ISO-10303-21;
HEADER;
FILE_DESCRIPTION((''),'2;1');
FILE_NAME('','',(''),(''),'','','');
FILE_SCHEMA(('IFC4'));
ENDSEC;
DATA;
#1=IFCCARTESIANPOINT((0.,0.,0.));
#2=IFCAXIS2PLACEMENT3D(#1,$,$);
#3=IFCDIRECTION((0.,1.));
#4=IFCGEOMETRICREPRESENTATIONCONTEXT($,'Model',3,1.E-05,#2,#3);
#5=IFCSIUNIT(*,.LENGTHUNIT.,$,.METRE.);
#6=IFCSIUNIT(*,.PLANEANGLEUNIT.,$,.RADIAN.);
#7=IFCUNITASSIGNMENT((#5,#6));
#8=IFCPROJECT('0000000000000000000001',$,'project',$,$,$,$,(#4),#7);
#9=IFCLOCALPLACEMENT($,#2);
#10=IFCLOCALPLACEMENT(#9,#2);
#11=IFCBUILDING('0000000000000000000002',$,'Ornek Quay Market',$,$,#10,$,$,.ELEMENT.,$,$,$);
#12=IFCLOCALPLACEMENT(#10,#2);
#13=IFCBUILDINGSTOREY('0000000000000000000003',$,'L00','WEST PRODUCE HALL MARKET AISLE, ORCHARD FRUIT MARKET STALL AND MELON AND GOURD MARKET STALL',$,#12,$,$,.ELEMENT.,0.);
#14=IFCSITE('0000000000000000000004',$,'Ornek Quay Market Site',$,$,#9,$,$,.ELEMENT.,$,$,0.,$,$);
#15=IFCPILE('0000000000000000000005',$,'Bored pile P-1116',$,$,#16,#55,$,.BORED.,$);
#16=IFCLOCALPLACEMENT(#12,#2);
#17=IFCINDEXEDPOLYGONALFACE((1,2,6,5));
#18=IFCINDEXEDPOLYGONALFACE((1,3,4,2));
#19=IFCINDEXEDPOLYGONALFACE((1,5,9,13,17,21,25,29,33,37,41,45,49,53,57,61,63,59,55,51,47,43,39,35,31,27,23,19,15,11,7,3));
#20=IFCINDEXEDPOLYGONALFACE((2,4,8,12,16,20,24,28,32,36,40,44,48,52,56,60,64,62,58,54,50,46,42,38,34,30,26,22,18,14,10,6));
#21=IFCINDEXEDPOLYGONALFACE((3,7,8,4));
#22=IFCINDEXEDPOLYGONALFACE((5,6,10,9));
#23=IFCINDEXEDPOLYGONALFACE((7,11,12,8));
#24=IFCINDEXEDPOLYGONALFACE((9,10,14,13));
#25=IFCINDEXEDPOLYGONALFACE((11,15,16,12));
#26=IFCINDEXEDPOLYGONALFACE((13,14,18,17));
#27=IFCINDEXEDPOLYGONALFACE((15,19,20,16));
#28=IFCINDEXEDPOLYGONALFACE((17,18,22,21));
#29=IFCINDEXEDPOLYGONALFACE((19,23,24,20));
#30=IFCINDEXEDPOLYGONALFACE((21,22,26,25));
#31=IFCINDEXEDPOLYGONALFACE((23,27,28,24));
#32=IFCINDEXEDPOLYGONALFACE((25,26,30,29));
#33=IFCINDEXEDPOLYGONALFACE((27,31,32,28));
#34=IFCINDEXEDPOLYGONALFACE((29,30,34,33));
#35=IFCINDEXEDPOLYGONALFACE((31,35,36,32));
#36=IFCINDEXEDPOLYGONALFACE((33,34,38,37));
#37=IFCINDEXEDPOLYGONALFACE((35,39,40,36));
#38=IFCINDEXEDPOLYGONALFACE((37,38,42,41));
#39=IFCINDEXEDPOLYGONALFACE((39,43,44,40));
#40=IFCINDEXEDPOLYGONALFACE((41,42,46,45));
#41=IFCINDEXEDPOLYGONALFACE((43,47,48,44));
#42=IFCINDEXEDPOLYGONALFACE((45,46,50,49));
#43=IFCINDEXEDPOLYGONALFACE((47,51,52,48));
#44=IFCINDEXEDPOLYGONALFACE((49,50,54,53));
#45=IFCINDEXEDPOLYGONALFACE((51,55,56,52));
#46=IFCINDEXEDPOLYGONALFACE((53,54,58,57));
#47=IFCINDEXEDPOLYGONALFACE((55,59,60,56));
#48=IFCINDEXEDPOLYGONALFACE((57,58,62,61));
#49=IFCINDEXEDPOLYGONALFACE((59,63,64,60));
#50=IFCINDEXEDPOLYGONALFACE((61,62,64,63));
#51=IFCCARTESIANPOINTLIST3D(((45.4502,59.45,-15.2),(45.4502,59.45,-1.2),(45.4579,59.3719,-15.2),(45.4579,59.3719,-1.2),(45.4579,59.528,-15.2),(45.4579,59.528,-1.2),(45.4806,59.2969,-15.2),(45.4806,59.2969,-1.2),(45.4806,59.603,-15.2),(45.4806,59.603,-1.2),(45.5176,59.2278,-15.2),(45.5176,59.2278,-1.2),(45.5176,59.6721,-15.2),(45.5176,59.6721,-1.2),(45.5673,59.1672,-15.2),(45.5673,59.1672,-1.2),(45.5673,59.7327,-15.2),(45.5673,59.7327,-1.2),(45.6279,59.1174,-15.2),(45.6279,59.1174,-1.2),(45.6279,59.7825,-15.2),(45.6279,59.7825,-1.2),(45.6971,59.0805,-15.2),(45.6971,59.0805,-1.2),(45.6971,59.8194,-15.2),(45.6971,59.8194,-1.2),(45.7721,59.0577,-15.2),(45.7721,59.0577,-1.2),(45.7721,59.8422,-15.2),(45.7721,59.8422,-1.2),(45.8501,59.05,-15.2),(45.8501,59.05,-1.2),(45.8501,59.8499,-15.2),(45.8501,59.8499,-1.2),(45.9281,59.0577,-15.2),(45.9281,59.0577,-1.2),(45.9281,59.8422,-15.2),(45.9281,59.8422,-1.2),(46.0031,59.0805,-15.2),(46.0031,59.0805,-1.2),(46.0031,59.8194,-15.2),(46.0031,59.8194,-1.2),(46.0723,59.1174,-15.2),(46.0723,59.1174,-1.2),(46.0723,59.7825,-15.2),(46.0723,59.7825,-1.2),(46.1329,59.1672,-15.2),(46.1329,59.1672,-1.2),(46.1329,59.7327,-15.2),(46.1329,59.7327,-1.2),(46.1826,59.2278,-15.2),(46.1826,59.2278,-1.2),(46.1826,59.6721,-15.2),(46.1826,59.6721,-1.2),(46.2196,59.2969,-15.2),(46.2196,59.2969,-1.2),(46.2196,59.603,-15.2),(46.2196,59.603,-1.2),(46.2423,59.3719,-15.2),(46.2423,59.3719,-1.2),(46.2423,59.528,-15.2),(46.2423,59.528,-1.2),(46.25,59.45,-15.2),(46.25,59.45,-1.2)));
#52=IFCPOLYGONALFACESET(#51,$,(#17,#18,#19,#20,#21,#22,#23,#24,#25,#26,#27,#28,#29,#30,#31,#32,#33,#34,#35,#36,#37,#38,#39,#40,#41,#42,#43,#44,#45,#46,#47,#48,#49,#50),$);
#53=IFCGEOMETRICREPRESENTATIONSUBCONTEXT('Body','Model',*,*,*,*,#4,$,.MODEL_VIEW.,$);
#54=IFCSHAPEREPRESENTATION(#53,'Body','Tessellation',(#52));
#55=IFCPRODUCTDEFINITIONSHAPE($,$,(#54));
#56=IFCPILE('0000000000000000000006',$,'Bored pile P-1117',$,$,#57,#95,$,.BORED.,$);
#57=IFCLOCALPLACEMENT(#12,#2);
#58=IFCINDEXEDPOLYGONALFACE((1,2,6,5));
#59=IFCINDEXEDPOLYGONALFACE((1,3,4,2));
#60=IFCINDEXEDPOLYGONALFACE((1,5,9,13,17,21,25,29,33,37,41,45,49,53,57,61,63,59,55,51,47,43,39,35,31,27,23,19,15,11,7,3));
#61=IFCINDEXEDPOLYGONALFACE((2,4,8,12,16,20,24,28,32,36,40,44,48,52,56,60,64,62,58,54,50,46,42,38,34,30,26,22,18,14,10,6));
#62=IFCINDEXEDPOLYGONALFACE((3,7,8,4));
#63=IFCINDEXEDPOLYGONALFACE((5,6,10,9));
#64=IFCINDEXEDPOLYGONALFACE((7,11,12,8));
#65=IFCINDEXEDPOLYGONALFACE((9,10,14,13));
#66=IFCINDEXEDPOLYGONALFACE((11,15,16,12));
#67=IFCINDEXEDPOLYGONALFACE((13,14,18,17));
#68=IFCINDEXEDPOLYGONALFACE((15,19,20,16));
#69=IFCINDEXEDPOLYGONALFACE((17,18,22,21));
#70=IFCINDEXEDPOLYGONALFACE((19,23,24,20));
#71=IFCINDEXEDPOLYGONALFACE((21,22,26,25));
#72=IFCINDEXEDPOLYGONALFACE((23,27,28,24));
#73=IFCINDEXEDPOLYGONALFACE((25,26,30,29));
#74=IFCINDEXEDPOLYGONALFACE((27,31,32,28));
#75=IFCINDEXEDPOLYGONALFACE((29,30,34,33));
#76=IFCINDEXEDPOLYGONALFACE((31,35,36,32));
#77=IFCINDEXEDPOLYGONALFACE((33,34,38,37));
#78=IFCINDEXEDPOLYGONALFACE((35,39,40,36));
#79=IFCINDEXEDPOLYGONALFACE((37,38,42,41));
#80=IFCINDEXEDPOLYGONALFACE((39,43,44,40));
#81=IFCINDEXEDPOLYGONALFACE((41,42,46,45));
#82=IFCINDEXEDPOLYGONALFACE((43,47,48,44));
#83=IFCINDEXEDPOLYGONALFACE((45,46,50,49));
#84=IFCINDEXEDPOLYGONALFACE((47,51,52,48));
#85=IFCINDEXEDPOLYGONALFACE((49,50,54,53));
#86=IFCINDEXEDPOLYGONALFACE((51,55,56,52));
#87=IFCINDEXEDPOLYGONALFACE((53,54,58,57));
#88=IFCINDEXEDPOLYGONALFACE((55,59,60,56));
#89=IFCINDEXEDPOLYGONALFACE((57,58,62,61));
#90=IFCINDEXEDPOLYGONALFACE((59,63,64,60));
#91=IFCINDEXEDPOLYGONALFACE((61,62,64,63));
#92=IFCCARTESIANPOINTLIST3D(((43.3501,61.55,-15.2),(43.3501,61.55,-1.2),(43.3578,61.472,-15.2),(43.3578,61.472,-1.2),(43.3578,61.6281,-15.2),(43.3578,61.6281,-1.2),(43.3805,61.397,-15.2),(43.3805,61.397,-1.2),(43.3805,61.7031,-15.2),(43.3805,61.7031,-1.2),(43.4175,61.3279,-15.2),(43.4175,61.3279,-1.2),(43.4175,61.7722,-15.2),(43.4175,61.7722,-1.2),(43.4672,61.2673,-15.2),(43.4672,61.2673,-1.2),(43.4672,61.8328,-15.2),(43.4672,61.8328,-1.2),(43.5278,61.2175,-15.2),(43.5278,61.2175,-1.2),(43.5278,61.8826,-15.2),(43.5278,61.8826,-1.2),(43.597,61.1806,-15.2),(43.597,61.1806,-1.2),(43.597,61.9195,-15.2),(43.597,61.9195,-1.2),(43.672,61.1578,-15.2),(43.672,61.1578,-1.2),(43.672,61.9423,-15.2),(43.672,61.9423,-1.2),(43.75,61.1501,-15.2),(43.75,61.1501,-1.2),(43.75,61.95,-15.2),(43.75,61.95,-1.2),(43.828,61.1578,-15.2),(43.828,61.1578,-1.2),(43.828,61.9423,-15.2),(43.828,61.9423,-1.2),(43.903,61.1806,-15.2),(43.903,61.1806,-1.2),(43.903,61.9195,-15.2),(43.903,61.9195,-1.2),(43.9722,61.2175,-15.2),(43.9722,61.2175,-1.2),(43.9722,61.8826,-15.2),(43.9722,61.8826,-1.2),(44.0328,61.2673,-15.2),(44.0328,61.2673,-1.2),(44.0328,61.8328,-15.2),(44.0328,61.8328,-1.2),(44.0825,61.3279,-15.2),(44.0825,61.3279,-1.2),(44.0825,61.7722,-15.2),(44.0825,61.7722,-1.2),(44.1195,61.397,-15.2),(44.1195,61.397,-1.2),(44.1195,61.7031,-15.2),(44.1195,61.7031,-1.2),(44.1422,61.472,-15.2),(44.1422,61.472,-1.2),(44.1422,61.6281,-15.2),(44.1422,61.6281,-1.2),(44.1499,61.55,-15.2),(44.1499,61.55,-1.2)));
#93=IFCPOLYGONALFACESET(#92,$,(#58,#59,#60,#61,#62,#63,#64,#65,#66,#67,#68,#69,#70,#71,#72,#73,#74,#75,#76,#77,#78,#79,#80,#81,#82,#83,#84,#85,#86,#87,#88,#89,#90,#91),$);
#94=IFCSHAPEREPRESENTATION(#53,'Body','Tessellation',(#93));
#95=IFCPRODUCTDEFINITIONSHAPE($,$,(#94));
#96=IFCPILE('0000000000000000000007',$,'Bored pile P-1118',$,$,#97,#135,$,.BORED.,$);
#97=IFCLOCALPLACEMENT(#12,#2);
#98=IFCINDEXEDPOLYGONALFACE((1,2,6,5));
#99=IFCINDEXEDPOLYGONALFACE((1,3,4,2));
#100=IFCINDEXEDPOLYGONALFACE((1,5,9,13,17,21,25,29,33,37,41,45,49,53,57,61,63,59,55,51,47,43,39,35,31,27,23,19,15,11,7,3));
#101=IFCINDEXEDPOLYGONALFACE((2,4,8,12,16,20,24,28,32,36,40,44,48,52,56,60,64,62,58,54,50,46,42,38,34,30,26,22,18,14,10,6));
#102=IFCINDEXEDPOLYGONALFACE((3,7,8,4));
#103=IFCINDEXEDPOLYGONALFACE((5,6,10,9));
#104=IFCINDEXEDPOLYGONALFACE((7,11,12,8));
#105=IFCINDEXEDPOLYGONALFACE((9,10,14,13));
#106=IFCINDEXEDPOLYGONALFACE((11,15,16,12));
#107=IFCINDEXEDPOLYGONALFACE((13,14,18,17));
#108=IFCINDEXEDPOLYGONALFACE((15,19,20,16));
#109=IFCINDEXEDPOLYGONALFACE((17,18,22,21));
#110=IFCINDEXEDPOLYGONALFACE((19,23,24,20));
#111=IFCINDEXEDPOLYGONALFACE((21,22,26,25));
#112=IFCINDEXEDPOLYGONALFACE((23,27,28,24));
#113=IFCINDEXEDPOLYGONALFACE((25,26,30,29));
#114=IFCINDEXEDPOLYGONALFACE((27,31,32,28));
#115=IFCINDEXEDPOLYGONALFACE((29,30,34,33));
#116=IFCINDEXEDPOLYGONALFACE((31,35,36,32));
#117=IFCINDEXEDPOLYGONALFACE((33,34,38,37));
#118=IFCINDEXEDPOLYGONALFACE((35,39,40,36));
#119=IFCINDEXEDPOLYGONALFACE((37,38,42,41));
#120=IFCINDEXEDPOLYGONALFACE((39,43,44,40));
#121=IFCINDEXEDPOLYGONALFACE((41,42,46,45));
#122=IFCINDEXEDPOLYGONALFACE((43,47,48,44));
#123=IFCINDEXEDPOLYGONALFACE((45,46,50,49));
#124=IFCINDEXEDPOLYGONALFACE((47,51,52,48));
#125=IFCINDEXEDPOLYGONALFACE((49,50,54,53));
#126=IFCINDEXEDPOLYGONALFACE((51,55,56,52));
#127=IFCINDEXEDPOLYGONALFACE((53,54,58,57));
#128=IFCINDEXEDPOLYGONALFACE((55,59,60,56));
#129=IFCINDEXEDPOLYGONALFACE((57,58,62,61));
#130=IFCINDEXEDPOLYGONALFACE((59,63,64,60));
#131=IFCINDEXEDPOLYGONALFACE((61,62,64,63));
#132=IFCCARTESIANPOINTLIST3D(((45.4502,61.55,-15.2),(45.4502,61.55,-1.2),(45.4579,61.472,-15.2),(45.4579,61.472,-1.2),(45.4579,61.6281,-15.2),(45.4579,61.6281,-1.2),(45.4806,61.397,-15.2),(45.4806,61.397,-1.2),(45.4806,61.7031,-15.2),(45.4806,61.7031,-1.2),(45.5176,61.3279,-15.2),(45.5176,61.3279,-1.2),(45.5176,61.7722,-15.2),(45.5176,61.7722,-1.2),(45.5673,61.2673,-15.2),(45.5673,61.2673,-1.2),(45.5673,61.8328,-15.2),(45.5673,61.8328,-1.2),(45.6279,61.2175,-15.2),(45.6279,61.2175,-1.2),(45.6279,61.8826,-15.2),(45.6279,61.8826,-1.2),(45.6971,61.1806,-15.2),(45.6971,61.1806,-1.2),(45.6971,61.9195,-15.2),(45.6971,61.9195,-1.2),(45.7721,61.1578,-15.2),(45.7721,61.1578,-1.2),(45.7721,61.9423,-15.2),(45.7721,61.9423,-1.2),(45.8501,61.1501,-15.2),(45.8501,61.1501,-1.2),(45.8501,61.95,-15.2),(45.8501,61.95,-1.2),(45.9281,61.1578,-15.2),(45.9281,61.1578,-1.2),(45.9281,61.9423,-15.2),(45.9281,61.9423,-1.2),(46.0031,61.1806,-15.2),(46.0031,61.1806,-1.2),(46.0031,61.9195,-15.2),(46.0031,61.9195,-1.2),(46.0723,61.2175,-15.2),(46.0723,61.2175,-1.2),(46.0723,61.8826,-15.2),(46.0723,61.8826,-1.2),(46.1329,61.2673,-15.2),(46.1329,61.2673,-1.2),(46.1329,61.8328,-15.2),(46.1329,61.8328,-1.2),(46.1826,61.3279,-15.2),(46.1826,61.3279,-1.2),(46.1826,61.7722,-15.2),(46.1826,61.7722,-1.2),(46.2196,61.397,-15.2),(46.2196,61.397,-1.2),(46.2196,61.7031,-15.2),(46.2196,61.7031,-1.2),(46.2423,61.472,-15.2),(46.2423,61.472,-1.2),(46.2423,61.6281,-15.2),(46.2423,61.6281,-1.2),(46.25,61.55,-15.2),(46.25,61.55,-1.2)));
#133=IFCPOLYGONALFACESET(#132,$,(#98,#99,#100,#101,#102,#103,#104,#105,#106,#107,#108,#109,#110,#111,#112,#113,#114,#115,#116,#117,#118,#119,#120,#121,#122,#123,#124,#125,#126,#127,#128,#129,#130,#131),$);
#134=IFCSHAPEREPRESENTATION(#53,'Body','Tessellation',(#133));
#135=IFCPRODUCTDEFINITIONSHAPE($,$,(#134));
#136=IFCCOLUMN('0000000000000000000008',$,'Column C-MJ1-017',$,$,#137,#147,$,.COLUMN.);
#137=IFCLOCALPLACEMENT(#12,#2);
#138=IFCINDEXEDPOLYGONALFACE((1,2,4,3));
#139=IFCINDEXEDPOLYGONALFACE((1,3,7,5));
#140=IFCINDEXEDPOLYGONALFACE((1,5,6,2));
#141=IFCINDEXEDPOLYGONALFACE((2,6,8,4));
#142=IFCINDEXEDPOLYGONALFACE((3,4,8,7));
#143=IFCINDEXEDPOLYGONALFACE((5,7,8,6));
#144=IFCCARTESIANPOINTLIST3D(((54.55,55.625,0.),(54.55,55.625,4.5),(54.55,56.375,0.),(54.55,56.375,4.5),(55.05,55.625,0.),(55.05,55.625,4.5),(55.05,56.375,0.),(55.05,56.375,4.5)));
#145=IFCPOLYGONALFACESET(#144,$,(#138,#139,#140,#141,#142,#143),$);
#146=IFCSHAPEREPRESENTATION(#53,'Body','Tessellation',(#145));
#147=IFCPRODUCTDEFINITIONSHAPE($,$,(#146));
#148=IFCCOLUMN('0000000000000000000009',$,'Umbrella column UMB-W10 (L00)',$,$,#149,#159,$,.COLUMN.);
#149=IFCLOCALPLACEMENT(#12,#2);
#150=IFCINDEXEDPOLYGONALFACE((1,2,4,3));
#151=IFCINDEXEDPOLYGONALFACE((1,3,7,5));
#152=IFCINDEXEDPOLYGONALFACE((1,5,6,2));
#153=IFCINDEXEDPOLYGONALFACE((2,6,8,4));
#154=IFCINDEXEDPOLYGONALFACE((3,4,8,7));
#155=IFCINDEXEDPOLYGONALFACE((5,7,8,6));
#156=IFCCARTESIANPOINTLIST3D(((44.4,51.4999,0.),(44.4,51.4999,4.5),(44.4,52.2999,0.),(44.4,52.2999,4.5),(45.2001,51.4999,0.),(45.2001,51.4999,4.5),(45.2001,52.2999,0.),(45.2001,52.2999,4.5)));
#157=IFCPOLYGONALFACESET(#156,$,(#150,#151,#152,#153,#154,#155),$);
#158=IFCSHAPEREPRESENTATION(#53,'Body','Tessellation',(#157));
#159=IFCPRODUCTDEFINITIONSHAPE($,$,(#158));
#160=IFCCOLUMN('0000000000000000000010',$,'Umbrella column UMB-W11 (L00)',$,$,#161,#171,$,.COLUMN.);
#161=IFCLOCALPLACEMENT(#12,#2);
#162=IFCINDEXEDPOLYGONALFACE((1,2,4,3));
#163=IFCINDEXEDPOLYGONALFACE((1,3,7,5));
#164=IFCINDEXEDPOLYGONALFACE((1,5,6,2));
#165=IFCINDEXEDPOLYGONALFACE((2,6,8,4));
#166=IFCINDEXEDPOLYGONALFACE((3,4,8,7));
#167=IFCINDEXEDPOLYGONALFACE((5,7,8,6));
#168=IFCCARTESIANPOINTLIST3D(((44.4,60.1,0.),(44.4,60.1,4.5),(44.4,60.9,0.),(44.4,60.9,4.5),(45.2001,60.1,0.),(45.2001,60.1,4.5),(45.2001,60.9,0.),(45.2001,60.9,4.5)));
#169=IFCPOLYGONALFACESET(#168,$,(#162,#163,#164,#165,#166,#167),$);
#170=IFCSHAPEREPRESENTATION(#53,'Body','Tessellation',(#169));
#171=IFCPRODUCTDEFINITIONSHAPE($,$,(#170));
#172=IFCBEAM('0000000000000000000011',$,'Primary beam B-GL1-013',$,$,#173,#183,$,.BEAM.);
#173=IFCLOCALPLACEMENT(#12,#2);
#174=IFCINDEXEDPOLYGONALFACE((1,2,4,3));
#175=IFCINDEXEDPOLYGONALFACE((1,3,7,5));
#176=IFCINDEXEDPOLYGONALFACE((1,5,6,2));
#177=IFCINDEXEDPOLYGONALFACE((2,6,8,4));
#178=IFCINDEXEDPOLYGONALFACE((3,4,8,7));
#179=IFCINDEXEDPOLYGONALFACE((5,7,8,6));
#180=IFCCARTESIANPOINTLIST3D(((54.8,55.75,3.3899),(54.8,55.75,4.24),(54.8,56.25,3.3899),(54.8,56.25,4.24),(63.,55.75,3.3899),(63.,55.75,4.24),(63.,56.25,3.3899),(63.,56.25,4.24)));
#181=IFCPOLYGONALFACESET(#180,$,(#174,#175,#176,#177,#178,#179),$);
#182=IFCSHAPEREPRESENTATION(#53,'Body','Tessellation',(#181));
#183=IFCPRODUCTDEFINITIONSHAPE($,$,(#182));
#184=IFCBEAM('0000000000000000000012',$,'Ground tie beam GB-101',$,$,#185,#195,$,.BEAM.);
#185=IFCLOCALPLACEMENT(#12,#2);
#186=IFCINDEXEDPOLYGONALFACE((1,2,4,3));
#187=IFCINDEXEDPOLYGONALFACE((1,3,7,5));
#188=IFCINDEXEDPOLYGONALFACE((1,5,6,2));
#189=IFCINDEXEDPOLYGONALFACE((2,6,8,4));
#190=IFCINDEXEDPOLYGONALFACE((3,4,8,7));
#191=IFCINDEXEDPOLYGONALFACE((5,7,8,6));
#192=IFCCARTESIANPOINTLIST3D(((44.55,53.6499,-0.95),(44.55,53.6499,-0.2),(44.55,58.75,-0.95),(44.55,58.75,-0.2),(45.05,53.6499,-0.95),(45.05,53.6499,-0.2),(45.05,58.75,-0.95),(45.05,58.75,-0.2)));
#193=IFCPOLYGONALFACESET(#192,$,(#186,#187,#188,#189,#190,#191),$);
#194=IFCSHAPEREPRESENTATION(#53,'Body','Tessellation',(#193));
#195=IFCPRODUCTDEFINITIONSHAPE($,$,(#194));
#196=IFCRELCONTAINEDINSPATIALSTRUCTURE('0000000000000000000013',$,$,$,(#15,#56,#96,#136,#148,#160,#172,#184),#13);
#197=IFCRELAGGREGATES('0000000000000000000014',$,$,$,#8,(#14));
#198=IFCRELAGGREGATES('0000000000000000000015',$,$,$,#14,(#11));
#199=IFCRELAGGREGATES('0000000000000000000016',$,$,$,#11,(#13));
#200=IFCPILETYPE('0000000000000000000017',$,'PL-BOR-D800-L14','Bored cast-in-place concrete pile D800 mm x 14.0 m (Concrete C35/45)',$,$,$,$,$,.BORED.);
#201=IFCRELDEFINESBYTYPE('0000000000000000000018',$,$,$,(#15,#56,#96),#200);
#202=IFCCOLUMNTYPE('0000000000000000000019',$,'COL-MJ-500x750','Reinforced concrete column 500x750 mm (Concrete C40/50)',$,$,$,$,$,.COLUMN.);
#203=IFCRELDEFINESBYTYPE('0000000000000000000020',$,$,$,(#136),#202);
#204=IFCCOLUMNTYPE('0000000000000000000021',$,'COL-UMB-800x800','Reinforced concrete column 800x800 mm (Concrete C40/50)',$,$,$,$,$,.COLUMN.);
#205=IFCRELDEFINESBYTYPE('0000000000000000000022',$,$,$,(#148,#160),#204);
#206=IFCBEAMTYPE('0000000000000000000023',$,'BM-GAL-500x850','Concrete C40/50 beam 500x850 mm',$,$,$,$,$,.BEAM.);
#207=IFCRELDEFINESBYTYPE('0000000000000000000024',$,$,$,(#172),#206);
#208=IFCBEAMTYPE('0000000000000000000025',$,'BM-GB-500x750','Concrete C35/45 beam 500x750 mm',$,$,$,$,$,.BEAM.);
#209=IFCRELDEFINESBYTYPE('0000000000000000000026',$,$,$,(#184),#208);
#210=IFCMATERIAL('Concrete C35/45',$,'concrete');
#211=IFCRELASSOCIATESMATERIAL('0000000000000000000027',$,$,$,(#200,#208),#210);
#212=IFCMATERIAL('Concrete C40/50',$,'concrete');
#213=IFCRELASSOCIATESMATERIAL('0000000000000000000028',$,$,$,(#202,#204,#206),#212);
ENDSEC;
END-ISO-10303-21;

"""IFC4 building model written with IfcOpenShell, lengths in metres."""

from ifc_helpers import new_model, si_unit, direction, frame, origin, origin_2d, place, context, subcontext, project, spatial, rectangle, circle, extrude, material, material_profile, profile_set, type_object, element, save


model = new_model("IFC4")

# Units and contexts
model_context = context("Model", 3, precision=1e-05, world=origin(), true_north=direction((0.0, 1.0)))
body_context = subcontext(model_context, "Body", "Model", "MODEL_VIEW")
ifc_project = project(units=[si_unit("LENGTHUNIT", "METRE"), si_unit("PLANEANGLEUNIT", "RADIAN")], contexts=[model_context])

# Site, building, storey
site_placement = place(None, origin())
site = spatial("IfcSite", under=ifc_project, at=site_placement, Name="Ornek Quay Market Site", CompositionType="ELEMENT", RefElevation=0.0)
building_placement = place(site_placement, origin())
building = spatial("IfcBuilding", under=site, at=building_placement, Name="Ornek Quay Market", CompositionType="ELEMENT")
storey_placement = place(building_placement, origin())
storey = spatial("IfcBuildingStorey", under=building, at=storey_placement, Name="L00", Description="WEST PRODUCE HALL MARKET AISLE, ORCHARD FRUIT MARKET STALL AND MELON AND GOURD MARKET STALL", CompositionType="ELEMENT", Elevation=0.0)

# Piles
ifc_material_1 = material(Name="Concrete C35/45", Category="concrete")
ifc_material_profile_1 = material_profile(ifc_material_1, circle(Radius=0.3999, at=origin_2d()), Name="PILE D800", Category="concrete")
ifc_profile_set_1 = profile_set([ifc_material_profile_1], Name="Concrete C35/45")
pile_type = type_object("IfcPileType", Name="PL-BOR-D800-L14", Description="Bored cast-in-place concrete pile D800 mm x 14.0 m (Concrete C35/45)", PredefinedType="BORED", material=ifc_profile_set_1)
for number, where, z_axis, x_axis, name in (
    (1, (45.8501, 59.45, -1.2), (0.0, 0.0, -1.0), (1.0, 0.0, 0.0), "Bored pile P-1116"),
    (2, (43.75, 61.55, -1.2), (0.0, 0.0, -1.0), (1.0, 0.0, 0.0), "Bored pile P-1117"),
    (3, (45.8501, 61.55, -1.2), (0.0, 0.0, -1.0), (1.0, 0.0, 0.0), "Bored pile P-1118"),
):
    element("IfcPile", number, at=place(storey_placement, frame(where, z_axis=z_axis, x_axis=x_axis)), inside=storey, type_object=pile_type, Name=name, PredefinedType="BORED", context=body_context, shape_type="SweptSolid", body=[
        extrude(circle(Radius=0.3999, at=origin_2d()), origin(), (0.0, 0.0, 1.0), 14.0),
    ])

# Columns
ifc_material_2 = material(Name="Concrete C40/50", Category="concrete")
ifc_material_profile_2 = material_profile(ifc_material_2, rectangle(XDim=0.5, YDim=0.75, at=origin_2d()), Name="RC 500x750", Category="concrete")
ifc_profile_set_2 = profile_set([ifc_material_profile_2], Name="Concrete C40/50")
column_type_1 = type_object("IfcColumnType", Name="COL-MJ-500x750", Description="Reinforced concrete column 500x750 mm (Concrete C40/50)", PredefinedType="COLUMN", material=ifc_profile_set_2)
column_placement = place(storey_placement, frame((54.8, 56.0, 0.0), z_axis=(0.0, 0.0, 1.0), x_axis=(1.0, 0.0, 0.0)))
element("IfcColumn", 4, at=column_placement, inside=storey, type_object=column_type_1, Name="Column C-MJ1-017", PredefinedType="COLUMN", context=body_context, shape_type="SweptSolid", body=[
    extrude(rectangle(XDim=0.5, YDim=0.75, at=origin_2d()), origin(), (0.0, 0.0, 1.0), 4.5),
])
ifc_material_profile_3 = material_profile(ifc_material_2, rectangle(XDim=0.8, YDim=0.8, at=origin_2d()), Name="RC 800x800", Category="concrete")
ifc_profile_set_3 = profile_set([ifc_material_profile_3], Name="Concrete C40/50")
column_type_2 = type_object("IfcColumnType", Name="COL-UMB-800x800", Description="Reinforced concrete column 800x800 mm (Concrete C40/50)", PredefinedType="COLUMN", material=ifc_profile_set_3)
for number, where, z_axis, x_axis, name in (
    (5, (44.8, 51.8999, 0.0), (0.0, 0.0, 1.0), (1.0, 0.0, 0.0), "Umbrella column UMB-W10 (L00)"),
    (6, (44.8, 60.5, 0.0), (0.0, 0.0, 1.0), (1.0, 0.0, 0.0), "Umbrella column UMB-W11 (L00)"),
):
    element("IfcColumn", number, at=place(storey_placement, frame(where, z_axis=z_axis, x_axis=x_axis)), inside=storey, type_object=column_type_2, Name=name, PredefinedType="COLUMN", context=body_context, shape_type="SweptSolid", body=[
        extrude(rectangle(XDim=0.8, YDim=0.8, at=origin_2d()), origin(), (0.0, 0.0, 1.0), 4.5),
    ])

# Beams
ifc_material_profile_4 = material_profile(ifc_material_2, rectangle(XDim=0.5, YDim=0.8501, at=origin_2d()), Name="RC 500x850", Category="concrete")
ifc_profile_set_4 = profile_set([ifc_material_profile_4], Name="Concrete C40/50")
beam_type_1 = type_object("IfcBeamType", Name="BM-GAL-500x850", Description="Concrete C40/50 beam 500x850 mm", PredefinedType="BEAM", material=ifc_profile_set_4)
beam_1_placement = place(storey_placement, frame((54.8, 56.0, 3.8149), z_axis=(1.0, 0.0, 0.0), x_axis=(0.0, 1.0, 0.0)))
element("IfcBeam", 7, at=beam_1_placement, inside=storey, type_object=beam_type_1, Name="Primary beam B-GL1-013", PredefinedType="BEAM", context=body_context, shape_type="SweptSolid", body=[
    extrude(rectangle(XDim=0.5, YDim=0.8501, at=origin_2d()), origin(), (0.0, 0.0, 1.0), 8.2),
])
ifc_material_profile_5 = material_profile(ifc_material_1, rectangle(XDim=0.5, YDim=0.75, at=origin_2d()), Name="RC 500x750", Category="concrete")
ifc_profile_set_5 = profile_set([ifc_material_profile_5], Name="Concrete C35/45")
beam_type_2 = type_object("IfcBeamType", Name="BM-GB-500x750", Description="Concrete C35/45 beam 500x750 mm", PredefinedType="BEAM", material=ifc_profile_set_5)
for number, where, z_axis, x_axis, name in (
    (8, (44.8, 53.6499, -0.575), (0.0, 1.0, 0.0), (-1.0, 0.0, 0.0), "Ground tie beam GB-101"),
):
    element("IfcBeam", number, at=place(storey_placement, frame(where, z_axis=z_axis, x_axis=x_axis)), inside=storey, type_object=beam_type_2, Name=name, PredefinedType="BEAM", context=body_context, shape_type="SweptSolid", body=[
        extrude(rectangle(XDim=0.5, YDim=0.75, at=origin_2d()), origin(), (0.0, 0.0, 1.0), 5.1001),
    ])

save(model, "model.ifc")
